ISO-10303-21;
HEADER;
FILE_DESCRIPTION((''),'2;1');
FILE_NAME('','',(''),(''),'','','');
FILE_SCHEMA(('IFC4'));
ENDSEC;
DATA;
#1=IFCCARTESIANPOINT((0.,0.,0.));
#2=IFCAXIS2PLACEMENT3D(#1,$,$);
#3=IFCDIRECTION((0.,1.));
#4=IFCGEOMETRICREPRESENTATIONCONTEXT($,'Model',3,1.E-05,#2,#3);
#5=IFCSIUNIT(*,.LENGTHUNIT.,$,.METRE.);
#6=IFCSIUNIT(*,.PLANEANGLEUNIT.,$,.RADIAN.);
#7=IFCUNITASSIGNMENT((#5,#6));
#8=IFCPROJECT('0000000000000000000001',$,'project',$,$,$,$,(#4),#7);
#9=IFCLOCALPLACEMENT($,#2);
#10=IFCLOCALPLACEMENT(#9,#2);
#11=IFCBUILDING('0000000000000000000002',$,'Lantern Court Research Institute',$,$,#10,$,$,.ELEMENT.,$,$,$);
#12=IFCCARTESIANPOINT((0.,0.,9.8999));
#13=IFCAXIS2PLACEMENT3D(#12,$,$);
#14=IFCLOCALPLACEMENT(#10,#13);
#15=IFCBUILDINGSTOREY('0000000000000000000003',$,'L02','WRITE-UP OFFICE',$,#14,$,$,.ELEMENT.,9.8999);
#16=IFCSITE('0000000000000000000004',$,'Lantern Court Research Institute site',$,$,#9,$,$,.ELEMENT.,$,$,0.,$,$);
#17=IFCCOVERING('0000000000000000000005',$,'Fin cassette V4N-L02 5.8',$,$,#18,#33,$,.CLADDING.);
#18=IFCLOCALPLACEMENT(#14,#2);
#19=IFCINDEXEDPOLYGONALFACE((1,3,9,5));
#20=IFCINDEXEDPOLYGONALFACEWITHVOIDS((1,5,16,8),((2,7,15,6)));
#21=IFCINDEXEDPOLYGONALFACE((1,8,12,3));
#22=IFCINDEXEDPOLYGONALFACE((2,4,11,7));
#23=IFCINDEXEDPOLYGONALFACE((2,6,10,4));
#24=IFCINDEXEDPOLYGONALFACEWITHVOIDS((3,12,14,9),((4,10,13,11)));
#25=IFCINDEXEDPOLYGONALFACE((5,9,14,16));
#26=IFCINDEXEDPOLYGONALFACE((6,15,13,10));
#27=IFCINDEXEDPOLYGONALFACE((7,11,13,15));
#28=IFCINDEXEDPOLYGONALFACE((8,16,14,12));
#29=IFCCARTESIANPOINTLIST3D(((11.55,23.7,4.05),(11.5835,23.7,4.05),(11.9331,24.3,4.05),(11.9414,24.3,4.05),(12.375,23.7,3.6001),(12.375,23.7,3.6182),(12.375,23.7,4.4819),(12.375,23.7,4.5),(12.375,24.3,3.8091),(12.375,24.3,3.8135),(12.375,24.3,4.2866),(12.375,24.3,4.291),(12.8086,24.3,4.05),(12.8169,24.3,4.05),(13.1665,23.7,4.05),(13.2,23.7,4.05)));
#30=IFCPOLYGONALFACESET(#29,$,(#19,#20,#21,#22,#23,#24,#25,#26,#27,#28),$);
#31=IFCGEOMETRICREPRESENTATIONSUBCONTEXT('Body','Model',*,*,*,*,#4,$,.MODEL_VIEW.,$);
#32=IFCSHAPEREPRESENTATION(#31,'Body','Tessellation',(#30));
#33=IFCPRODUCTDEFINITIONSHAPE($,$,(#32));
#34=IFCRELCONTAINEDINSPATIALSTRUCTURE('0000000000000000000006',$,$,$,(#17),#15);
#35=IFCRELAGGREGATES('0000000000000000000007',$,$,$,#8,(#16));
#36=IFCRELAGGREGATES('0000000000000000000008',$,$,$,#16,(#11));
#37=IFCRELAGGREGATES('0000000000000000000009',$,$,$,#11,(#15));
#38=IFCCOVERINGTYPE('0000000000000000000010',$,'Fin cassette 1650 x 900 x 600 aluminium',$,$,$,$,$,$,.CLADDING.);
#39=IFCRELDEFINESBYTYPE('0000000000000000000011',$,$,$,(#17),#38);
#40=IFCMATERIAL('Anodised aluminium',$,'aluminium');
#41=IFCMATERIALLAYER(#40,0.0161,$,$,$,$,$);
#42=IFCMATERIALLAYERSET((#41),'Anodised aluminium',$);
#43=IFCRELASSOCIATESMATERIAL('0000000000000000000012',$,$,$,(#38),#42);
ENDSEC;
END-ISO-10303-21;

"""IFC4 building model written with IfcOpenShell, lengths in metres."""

from ifc_helpers import new_model, entity, si_unit, direction, frame, origin, place, context, subcontext, project, spatial, material, layer, layer_set, type_object, element, save


model = new_model("IFC4")

# Units and contexts
model_context = context("Model", 3, precision=1e-05, world=origin(), true_north=direction((0.0, 1.0)))
body_context = subcontext(model_context, "Body", "Model", "MODEL_VIEW")
ifc_project = project(units=[si_unit("LENGTHUNIT", "METRE"), si_unit("PLANEANGLEUNIT", "RADIAN")], contexts=[model_context])

# Site, building, storey
site_placement = place(None, origin())
site = spatial("IfcSite", under=ifc_project, at=site_placement, Name="Lantern Court Research Institute site", CompositionType="ELEMENT", RefElevation=0.0)
building_placement = place(site_placement, origin())
building = spatial("IfcBuilding", under=site, at=building_placement, Name="Lantern Court Research Institute", CompositionType="ELEMENT")
storey_placement = place(building_placement, frame((0.0, 0.0, 9.8999)))
storey = spatial("IfcBuildingStorey", under=building, at=storey_placement, Name="L02", Description="WRITE-UP OFFICE", CompositionType="ELEMENT", Elevation=9.8999)

# Covering
ifc_material_1 = material(Name="Anodised aluminium", Category="aluminium")
ifc_layer_1 = layer(ifc_material_1, 0.0161)
ifc_layer_set_1 = layer_set([ifc_layer_1], Name="Anodised aluminium")
covering_type = type_object("IfcCoveringType", Name="Fin cassette 1650 x 900 x 600 aluminium", PredefinedType="CLADDING", material=ifc_layer_set_1)
covering_1_placement = place(storey_placement, frame((12.375, 23.7, 4.05), z_axis=(0.0, 1.0, 0.0), x_axis=(-1.0, 0.0, 0.0)))
cartesian_point_1 = entity("IfcCartesianPoint", [0.825, 0.0])
cartesian_point_2 = entity("IfcCartesianPoint", [0.7915, 0.0])
cartesian_point_3 = entity("IfcCartesianPoint", [0.4419, 0.0])
cartesian_point_4 = entity("IfcCartesianPoint", [0.4336, 0.0])
element("IfcCovering", 1, at=covering_1_placement, inside=storey, type_object=covering_type, Name="Fin cassette V4N-L02 5.8", PredefinedType="CLADDING", context=body_context, shape_type="SweptSolid", body=[
    entity("IfcExtrudedAreaSolidTapered", entity("IfcArbitraryProfileDefWithVoids", "AREA", None, entity("IfcPolyline", [cartesian_point_1, entity("IfcCartesianPoint", [0.0, 0.45]), entity("IfcCartesianPoint", [-0.825, 0.0]), entity("IfcCartesianPoint", [0.0, -0.45]), cartesian_point_1]), [entity("IfcPolyline", [cartesian_point_2, entity("IfcCartesianPoint", [0.0, 0.4319]), entity("IfcCartesianPoint", [-0.7915, 0.0]), entity("IfcCartesianPoint", [0.0, -0.4319]), cartesian_point_2])]), entity("IfcAxis2Placement3D", entity("IfcCartesianPoint", [0.0, 0.0, 0.0])), entity("IfcDirection", [0.0, 0.0, 1.0]), 0.6001, entity("IfcArbitraryProfileDefWithVoids", "AREA", None, entity("IfcPolyline", [cartesian_point_3, entity("IfcCartesianPoint", [0.0, 0.241]), entity("IfcCartesianPoint", [-0.4419, 0.0]), entity("IfcCartesianPoint", [0.0, -0.241]), cartesian_point_3]), [entity("IfcPolyline", [cartesian_point_4, entity("IfcCartesianPoint", [0.0, 0.2366]), entity("IfcCartesianPoint", [-0.4336, 0.0]), entity("IfcCartesianPoint", [0.0, -0.2366]), cartesian_point_4])])),
])

save(model, "model.ifc")
